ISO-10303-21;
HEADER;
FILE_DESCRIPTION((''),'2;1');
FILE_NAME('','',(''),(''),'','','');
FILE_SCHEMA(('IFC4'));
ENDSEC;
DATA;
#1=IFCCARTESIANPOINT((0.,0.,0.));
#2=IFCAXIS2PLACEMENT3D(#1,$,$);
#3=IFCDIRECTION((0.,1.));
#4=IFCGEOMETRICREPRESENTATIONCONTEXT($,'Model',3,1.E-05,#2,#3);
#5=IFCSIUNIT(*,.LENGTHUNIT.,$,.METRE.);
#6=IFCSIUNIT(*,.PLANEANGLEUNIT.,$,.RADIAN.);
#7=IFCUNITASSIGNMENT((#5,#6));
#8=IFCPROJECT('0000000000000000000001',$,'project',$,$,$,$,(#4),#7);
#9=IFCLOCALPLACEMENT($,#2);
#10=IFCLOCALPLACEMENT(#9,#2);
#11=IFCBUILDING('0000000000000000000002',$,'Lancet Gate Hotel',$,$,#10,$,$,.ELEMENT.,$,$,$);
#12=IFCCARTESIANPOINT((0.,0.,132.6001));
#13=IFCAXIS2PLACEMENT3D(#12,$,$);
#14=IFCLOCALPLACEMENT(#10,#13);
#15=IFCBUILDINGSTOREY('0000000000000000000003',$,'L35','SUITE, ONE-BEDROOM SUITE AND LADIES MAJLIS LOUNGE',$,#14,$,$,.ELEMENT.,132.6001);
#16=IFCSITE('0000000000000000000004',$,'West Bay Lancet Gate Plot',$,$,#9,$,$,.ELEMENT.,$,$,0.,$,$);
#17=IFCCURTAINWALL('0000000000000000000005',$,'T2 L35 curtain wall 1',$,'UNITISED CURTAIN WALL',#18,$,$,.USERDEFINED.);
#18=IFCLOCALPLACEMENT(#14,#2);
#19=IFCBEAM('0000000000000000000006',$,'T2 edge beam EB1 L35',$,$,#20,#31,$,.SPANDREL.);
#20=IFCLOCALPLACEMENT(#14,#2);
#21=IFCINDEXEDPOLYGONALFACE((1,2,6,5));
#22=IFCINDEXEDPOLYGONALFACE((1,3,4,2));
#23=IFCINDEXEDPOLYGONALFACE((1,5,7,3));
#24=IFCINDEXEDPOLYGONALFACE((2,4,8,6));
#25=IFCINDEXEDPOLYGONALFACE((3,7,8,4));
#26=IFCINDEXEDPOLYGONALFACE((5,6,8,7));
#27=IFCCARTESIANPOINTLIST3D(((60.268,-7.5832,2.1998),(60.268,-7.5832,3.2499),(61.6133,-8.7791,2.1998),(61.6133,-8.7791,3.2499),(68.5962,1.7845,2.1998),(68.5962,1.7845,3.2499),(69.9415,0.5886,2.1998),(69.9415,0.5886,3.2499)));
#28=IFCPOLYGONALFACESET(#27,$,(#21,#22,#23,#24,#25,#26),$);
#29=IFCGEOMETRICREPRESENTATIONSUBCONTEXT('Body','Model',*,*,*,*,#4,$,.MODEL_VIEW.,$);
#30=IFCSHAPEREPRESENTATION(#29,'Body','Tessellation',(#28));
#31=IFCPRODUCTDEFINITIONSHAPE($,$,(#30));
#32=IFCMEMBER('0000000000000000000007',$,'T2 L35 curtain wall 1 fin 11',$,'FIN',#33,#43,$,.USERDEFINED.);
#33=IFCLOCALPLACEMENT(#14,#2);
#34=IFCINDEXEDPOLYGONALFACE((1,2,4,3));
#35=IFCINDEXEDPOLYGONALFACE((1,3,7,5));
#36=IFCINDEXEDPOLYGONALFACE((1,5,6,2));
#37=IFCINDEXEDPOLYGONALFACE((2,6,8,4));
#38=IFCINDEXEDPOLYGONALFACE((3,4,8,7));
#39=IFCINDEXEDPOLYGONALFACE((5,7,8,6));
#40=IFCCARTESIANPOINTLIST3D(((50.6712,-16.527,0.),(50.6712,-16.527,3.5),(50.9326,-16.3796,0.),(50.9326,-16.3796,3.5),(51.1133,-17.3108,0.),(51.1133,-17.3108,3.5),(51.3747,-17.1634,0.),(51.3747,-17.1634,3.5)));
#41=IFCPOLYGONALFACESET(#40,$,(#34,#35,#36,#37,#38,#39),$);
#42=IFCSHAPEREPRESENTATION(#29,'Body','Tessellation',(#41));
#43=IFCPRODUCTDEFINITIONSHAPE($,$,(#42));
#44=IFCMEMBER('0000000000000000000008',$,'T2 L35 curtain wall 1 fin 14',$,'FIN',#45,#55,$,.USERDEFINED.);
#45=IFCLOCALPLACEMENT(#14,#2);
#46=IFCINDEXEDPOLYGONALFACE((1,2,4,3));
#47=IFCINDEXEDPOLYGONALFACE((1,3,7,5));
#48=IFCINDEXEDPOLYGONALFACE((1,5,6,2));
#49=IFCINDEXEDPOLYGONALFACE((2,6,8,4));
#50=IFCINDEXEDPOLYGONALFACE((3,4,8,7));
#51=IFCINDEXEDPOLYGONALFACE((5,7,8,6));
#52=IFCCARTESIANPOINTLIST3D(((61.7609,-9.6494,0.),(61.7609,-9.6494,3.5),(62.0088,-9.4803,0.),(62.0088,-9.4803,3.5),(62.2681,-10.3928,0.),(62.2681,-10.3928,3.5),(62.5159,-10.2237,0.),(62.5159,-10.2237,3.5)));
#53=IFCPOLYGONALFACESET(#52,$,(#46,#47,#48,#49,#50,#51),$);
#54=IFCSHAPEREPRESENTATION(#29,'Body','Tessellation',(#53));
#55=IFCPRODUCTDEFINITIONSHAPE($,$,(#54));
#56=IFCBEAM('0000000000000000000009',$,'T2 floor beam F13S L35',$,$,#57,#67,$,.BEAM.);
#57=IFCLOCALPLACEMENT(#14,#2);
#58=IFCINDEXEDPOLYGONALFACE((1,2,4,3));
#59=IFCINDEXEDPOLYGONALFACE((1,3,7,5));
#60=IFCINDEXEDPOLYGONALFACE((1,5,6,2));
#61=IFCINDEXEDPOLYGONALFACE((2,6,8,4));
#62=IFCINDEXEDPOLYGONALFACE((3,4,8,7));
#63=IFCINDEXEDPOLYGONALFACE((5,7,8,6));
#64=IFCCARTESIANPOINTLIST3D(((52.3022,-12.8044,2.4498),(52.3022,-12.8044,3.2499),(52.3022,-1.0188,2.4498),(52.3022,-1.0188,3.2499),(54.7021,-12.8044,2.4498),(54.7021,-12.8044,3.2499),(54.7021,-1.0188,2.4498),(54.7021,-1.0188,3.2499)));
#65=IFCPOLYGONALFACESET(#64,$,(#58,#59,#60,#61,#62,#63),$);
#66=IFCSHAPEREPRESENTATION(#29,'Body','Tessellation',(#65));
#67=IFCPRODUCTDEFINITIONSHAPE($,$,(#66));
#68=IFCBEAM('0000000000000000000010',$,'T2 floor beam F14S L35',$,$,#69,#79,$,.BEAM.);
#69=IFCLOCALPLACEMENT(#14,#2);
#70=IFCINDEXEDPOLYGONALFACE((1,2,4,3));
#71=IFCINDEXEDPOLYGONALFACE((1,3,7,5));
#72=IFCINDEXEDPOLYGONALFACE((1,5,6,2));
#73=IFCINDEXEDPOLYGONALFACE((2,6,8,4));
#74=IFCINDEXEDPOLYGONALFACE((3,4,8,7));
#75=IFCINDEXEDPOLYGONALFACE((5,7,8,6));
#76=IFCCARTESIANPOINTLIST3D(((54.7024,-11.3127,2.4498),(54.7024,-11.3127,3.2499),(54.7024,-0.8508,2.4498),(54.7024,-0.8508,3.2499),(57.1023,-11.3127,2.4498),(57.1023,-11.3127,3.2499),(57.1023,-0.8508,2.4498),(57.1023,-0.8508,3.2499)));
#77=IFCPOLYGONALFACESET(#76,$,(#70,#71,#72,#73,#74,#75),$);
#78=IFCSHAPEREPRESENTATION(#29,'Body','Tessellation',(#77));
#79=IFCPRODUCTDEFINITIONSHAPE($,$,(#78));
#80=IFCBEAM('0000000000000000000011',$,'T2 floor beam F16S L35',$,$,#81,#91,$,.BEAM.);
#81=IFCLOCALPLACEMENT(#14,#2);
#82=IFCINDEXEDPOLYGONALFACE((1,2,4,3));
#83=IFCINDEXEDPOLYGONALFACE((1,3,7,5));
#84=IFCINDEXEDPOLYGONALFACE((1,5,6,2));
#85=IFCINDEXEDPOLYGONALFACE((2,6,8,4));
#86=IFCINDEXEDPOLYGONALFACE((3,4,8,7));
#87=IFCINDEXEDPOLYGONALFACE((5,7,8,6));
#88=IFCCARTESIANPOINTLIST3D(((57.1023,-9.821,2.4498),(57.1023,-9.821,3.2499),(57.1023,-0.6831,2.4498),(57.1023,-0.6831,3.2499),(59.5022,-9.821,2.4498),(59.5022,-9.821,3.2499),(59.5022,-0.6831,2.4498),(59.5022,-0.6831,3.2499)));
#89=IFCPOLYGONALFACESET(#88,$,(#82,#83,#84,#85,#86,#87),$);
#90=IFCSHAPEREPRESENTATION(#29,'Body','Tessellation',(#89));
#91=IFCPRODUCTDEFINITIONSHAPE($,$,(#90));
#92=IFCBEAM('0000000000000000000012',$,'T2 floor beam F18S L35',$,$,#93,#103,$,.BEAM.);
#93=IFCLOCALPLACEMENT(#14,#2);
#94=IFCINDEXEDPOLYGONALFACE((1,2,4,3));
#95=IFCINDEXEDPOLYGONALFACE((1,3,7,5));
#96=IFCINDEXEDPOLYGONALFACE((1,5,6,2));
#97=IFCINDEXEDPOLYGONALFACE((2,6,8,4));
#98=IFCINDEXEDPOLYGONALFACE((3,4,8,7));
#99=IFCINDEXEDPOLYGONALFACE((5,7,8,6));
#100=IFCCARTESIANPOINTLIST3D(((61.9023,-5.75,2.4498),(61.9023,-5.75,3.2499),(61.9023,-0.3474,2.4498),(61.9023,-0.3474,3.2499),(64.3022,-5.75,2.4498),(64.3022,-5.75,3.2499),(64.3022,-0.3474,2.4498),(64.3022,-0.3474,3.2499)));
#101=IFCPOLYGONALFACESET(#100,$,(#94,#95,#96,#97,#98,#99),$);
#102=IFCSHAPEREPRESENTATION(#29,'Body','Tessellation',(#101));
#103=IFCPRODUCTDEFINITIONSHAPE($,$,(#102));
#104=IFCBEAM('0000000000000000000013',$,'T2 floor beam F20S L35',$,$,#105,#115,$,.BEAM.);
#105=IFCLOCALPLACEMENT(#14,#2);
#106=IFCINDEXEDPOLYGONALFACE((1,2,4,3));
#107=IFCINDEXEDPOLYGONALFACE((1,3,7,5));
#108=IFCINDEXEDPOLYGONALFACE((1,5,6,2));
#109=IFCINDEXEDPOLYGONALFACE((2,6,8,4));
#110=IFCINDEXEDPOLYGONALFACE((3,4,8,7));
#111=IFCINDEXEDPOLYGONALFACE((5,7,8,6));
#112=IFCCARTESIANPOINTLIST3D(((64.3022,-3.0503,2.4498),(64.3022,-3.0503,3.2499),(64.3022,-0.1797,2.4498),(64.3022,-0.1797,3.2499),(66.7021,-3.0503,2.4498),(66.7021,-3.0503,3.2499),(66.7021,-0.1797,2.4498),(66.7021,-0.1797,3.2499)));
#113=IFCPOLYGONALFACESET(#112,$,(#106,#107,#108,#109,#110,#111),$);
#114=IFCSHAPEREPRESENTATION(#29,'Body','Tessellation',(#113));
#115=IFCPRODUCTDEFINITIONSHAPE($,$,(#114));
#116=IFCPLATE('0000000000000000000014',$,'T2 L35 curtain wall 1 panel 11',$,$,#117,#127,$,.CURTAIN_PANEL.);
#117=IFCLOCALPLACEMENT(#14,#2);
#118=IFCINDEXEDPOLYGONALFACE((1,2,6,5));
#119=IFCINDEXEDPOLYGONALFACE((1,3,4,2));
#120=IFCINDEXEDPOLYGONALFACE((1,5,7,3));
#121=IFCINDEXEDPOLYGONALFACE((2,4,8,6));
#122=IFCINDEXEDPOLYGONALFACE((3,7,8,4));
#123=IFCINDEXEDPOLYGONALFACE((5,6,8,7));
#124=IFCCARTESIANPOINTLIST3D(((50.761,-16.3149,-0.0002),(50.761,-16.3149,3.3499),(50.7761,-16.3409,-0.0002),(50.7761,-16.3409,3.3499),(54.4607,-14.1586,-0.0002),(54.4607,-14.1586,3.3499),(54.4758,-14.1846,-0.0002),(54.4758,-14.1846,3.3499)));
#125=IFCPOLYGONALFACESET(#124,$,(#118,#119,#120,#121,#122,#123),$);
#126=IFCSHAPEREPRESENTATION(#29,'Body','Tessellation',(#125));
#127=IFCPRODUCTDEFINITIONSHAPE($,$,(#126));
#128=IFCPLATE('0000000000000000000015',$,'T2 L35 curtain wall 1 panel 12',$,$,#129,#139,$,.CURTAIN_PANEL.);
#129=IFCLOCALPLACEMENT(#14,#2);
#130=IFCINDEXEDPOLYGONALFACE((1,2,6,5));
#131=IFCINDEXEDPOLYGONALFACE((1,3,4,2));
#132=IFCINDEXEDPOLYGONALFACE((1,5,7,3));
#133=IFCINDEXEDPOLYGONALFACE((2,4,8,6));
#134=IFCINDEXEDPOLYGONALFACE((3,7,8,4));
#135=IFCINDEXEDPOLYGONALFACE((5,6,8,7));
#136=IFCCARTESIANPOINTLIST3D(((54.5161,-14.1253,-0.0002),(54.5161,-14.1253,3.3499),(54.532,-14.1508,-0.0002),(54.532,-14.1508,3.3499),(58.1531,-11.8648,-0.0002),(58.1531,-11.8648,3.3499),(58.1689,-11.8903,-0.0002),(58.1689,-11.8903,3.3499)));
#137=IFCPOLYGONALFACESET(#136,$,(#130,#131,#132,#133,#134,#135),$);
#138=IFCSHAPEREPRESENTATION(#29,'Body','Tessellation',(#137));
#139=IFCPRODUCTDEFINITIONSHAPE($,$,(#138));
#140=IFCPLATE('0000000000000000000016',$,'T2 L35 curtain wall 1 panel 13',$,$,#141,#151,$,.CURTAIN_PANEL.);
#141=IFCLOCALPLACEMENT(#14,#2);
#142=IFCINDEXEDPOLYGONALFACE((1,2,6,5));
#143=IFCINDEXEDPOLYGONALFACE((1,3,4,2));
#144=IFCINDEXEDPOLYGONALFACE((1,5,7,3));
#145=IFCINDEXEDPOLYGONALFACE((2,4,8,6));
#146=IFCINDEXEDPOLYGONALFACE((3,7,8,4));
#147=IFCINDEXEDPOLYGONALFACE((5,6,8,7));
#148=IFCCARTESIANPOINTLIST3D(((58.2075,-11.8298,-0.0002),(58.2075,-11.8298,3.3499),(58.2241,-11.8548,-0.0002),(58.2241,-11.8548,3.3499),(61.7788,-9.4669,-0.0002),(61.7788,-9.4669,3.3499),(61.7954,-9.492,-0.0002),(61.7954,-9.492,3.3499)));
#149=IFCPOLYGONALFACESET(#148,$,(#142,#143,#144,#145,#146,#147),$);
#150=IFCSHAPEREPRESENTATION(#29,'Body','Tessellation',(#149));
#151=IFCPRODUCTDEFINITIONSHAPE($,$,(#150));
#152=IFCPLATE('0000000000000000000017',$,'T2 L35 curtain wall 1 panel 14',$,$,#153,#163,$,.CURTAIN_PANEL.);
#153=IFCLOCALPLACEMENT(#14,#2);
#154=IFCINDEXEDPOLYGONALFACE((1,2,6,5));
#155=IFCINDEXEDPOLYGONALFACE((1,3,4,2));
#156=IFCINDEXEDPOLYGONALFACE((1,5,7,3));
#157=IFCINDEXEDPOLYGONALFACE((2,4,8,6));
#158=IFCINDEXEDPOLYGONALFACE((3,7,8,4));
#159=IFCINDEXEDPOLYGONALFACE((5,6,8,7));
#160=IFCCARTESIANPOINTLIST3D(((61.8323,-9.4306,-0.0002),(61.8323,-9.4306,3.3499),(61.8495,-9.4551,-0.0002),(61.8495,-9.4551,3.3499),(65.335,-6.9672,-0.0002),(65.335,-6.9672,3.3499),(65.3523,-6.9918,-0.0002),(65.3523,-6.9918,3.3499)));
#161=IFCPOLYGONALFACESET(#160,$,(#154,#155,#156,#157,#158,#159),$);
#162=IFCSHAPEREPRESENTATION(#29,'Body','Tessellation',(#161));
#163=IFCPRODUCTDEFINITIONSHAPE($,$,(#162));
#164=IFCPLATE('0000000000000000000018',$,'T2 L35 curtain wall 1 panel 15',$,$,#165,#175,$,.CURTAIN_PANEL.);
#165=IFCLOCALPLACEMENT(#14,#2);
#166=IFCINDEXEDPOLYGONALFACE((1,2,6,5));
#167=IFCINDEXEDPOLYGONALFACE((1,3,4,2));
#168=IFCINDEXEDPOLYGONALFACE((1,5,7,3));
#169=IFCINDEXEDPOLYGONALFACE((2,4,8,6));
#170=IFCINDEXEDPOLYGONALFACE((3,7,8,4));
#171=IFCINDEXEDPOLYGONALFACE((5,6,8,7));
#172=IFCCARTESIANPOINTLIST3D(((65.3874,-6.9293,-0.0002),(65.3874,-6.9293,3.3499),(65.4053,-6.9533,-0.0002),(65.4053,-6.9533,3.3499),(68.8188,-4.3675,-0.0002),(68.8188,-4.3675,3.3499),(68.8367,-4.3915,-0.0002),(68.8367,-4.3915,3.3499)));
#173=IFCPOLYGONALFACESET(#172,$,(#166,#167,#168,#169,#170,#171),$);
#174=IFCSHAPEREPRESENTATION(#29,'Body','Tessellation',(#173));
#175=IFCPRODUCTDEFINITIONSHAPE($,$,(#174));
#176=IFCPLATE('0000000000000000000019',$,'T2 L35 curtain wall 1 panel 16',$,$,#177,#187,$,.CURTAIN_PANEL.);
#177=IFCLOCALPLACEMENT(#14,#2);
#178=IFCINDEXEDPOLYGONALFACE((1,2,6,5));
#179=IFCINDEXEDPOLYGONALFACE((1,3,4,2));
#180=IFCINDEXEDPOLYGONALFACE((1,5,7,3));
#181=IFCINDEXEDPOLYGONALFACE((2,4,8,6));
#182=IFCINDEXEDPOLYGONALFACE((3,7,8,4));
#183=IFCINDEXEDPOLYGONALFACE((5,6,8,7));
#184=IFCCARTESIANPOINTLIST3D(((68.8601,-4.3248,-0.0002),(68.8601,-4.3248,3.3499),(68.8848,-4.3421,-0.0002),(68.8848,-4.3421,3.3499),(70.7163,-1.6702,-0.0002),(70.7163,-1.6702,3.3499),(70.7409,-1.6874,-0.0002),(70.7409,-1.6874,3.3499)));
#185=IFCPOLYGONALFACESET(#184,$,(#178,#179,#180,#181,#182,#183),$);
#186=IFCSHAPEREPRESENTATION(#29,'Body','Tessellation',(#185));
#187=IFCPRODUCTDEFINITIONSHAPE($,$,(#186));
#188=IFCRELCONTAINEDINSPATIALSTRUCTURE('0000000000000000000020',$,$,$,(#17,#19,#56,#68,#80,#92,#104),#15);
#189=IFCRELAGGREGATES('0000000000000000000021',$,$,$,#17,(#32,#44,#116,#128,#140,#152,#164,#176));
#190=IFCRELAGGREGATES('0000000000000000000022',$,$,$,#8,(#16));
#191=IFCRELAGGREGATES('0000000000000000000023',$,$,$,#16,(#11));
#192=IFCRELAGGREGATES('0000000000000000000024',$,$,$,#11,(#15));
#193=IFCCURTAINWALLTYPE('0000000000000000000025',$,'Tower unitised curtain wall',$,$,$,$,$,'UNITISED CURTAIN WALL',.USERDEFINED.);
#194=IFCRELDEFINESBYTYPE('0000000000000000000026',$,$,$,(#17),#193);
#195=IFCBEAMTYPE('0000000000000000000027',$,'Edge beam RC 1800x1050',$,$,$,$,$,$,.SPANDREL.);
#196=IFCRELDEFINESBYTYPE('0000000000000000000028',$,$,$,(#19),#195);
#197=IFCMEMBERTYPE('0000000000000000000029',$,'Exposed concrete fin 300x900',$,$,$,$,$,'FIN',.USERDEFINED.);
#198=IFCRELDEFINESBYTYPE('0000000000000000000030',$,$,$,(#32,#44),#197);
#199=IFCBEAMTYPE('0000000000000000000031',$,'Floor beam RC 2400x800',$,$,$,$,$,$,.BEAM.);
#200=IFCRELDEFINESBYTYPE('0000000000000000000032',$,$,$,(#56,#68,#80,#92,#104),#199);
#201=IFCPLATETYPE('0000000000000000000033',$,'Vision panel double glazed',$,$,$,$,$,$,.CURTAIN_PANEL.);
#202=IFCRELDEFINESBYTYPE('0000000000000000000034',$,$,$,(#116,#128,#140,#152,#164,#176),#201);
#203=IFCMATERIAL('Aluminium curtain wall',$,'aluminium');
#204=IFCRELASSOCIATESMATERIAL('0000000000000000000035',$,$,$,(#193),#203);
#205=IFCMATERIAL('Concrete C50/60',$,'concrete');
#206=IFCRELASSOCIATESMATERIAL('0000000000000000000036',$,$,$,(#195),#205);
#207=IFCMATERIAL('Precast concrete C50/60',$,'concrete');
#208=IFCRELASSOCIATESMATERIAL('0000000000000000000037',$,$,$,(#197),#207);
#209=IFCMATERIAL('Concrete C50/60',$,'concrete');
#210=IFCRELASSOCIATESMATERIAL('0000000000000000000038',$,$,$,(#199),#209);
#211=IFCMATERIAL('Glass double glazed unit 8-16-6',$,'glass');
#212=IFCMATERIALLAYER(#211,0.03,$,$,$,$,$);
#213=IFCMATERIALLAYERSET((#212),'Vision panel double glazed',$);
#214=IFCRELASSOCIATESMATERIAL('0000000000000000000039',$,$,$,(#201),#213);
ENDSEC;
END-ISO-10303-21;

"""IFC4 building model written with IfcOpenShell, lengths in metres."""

from ifc_helpers import new_model, si_unit, direction, frame, origin, origin_2d, place, context, subcontext, project, spatial, rectangle, extrude, material, layer, layer_set, material_profile, profile_set, type_object, element, aggregate, save


model = new_model("IFC4")

# Units and contexts
model_context = context("Model", 3, precision=1e-05, world=origin(), true_north=direction((0.0, 1.0)))
body_context = subcontext(model_context, "Body", "Model", "MODEL_VIEW")
ifc_project = project(units=[si_unit("LENGTHUNIT", "METRE"), si_unit("PLANEANGLEUNIT", "RADIAN")], contexts=[model_context])

# Site, building, storey
site_placement = place(None, origin())
site = spatial("IfcSite", under=ifc_project, at=site_placement, Name="West Bay Lancet Gate Plot", CompositionType="ELEMENT", RefElevation=0.0)
building_placement = place(site_placement, origin())
building = spatial("IfcBuilding", under=site, at=building_placement, Name="Lancet Gate Hotel", CompositionType="ELEMENT")
storey_placement = place(building_placement, frame((0.0, 0.0, 132.6001)))
storey = spatial("IfcBuildingStorey", under=building, at=storey_placement, Name="L35", Description="SUITE, ONE-BEDROOM SUITE AND LADIES MAJLIS LOUNGE", CompositionType="ELEMENT", Elevation=132.6001)

# Curtain wall
ifc_material_1 = material(Name="Aluminium curtain wall", Category="aluminium")
curtain_wall_type = type_object("IfcCurtainWallType", Name="Tower unitised curtain wall", ElementType="UNITISED CURTAIN WALL", PredefinedType="USERDEFINED", material=ifc_material_1)
curtain_wall_placement = place(storey_placement, origin())
curtain_wall = element("IfcCurtainWall", 1, at=curtain_wall_placement, inside=storey, type_object=curtain_wall_type, Name="T2 L35 curtain wall 1", ObjectType="UNITISED CURTAIN WALL", PredefinedType="USERDEFINED")

# Beam
ifc_material_2 = material(Name="Concrete C50/60", Category="concrete")
ifc_material_profile_1 = material_profile(ifc_material_2, rectangle(XDim=1.8, YDim=1.05, at=origin_2d()), Name="RC 1800x1050")
ifc_profile_set_1 = profile_set([ifc_material_profile_1], Name="Concrete C50/60")
beam_type_1 = type_object("IfcBeamType", Name="Edge beam RC 1800x1050", PredefinedType="SPANDREL", material=ifc_profile_set_1)
beam_1_placement = place(storey_placement, frame((60.9407, -8.1812, 2.7249), z_axis=(0.664422, 0.747358, 0.0), x_axis=(-0.747358, 0.664422, 0.0)))
element("IfcBeam", 2, at=beam_1_placement, inside=storey, type_object=beam_type_1, Name="T2 edge beam EB1 L35", PredefinedType="SPANDREL", context=body_context, shape_type="SweptSolid", body=[
    extrude(rectangle(XDim=1.8, YDim=1.05, at=origin_2d()), origin(), (0.0, 0.0, 1.0), 12.5344),
])

# Members
ifc_material_3 = material(Name="Precast concrete C50/60", Category="concrete")
ifc_material_profile_2 = material_profile(ifc_material_3, rectangle(XDim=0.3, YDim=0.8999, at=origin_2d()), Name="FIN 300x900")
ifc_profile_set_2 = profile_set([ifc_material_profile_2], Name="Precast concrete C50/60")
member_type_1 = type_object("IfcMemberType", Name="Exposed concrete fin 300x900", ElementType="FIN", PredefinedType="USERDEFINED", material=ifc_profile_set_2)
member_1_placement = place(storey_placement, frame((51.0229, -16.8452, 0.0), z_axis=(0.0, 0.0, 1.0), x_axis=(0.871029, 0.491232, 0.0)))
member_1 = element("IfcMember", 3, at=member_1_placement, type_object=member_type_1, Name="T2 L35 curtain wall 1 fin 11", ObjectType="FIN", PredefinedType="USERDEFINED", context=body_context, shape_type="SweptSolid", body=[
    extrude(rectangle(XDim=0.3, YDim=0.8999, at=origin_2d()), origin(), (0.0, 0.0, 1.0), 3.5),
])
member_2_placement = place(storey_placement, frame((62.1384, -9.9365, 0.0), z_axis=(0.0, 0.0, 1.0), x_axis=(0.826066, 0.563574, 0.0)))
member_2 = element("IfcMember", 4, at=member_2_placement, type_object=member_type_1, Name="T2 L35 curtain wall 1 fin 14", ObjectType="FIN", PredefinedType="USERDEFINED", context=body_context, shape_type="SweptSolid", body=[
    extrude(rectangle(XDim=0.3, YDim=0.8999, at=origin_2d()), origin(), (0.0, 0.0, 1.0), 3.5),
])

# Beams
ifc_material_4 = material(Name="Concrete C50/60", Category="concrete")
ifc_material_profile_3 = material_profile(ifc_material_4, rectangle(XDim=2.3999, YDim=0.8, at=origin_2d()), Name="RC 2400x800")
ifc_profile_set_3 = profile_set([ifc_material_profile_3], Name="Concrete C50/60")
beam_type_2 = type_object("IfcBeamType", Name="Floor beam RC 2400x800", PredefinedType="BEAM", material=ifc_profile_set_3)
beam_2_placement = place(storey_placement, frame((53.5022, -12.8044, 2.8499), z_axis=(0.0, 1.0, 0.0), x_axis=(-1.0, 0.0, 0.0)))
element("IfcBeam", 5, at=beam_2_placement, inside=storey, type_object=beam_type_2, Name="T2 floor beam F13S L35", PredefinedType="BEAM", context=body_context, shape_type="SweptSolid", body=[
    extrude(rectangle(XDim=2.3999, YDim=0.8, at=origin_2d()), origin(), (0.0, 0.0, 1.0), 11.7856),
])
beam_3_placement = place(storey_placement, frame((55.9023, -11.3127, 2.8499), z_axis=(0.0, 1.0, 0.0), x_axis=(-1.0, 0.0, 0.0)))
element("IfcBeam", 6, at=beam_3_placement, inside=storey, type_object=beam_type_2, Name="T2 floor beam F14S L35", PredefinedType="BEAM", context=body_context, shape_type="SweptSolid", body=[
    extrude(rectangle(XDim=2.3999, YDim=0.8, at=origin_2d()), origin(), (0.0, 0.0, 1.0), 10.4619),
])
beam_4_placement = place(storey_placement, frame((58.3022, -9.821, 2.8499), z_axis=(0.0, 1.0, 0.0), x_axis=(-1.0, 0.0, 0.0)))
element("IfcBeam", 7, at=beam_4_placement, inside=storey, type_object=beam_type_2, Name="T2 floor beam F16S L35", PredefinedType="BEAM", context=body_context, shape_type="SweptSolid", body=[
    extrude(rectangle(XDim=2.3999, YDim=0.8, at=origin_2d()), origin(), (0.0, 0.0, 1.0), 9.1379),
])
beam_5_placement = place(storey_placement, frame((63.1023, -5.75, 2.8499), z_axis=(0.0, 1.0, 0.0), x_axis=(-1.0, 0.0, 0.0)))
element("IfcBeam", 8, at=beam_5_placement, inside=storey, type_object=beam_type_2, Name="T2 floor beam F18S L35", PredefinedType="BEAM", context=body_context, shape_type="SweptSolid", body=[
    extrude(rectangle(XDim=2.3999, YDim=0.8, at=origin_2d()), origin(), (0.0, 0.0, 1.0), 5.4026),
])
beam_6_placement = place(storey_placement, frame((65.5022, -3.0503, 2.8499), z_axis=(0.0, 1.0, 0.0), x_axis=(-1.0, 0.0, 0.0)))
element("IfcBeam", 9, at=beam_6_placement, inside=storey, type_object=beam_type_2, Name="T2 floor beam F20S L35", PredefinedType="BEAM", context=body_context, shape_type="SweptSolid", body=[
    extrude(rectangle(XDim=2.3999, YDim=0.8, at=origin_2d()), origin(), (0.0, 0.0, 1.0), 2.8706),
])

# Plates
ifc_material_5 = material(Name="Glass double glazed unit 8-16-6", Category="glass")
ifc_layer_1 = layer(ifc_material_5, 0.03)
ifc_layer_set_1 = layer_set([ifc_layer_1], Name="Vision panel double glazed")
plate_type = type_object("IfcPlateType", Name="Vision panel double glazed", PredefinedType="CURTAIN_PANEL", material=ifc_layer_set_1)
plate_1_placement = place(storey_placement, frame((52.6184, -15.2498, -0.0002), z_axis=(0.0, 0.0, 1.0), x_axis=(0.863966, 0.503551, 0.0)))
plate_1 = element("IfcPlate", 10, at=plate_1_placement, type_object=plate_type, Name="T2 L35 curtain wall 1 panel 11", PredefinedType="CURTAIN_PANEL", context=body_context, shape_type="SweptSolid", body=[
    extrude(rectangle(XDim=4.2822, YDim=0.03, at=origin_2d()), origin(), (0.0, 0.0, 1.0), 3.3501),
])
plate_2_placement = place(storey_placement, frame((56.3425, -13.0078, -0.0002), z_axis=(0.0, 0.0, 1.0), x_axis=(0.849318, 0.527882, 0.0)))
plate_2 = element("IfcPlate", 11, at=plate_2_placement, type_object=plate_type, Name="T2 L35 curtain wall 1 panel 12", PredefinedType="CURTAIN_PANEL", context=body_context, shape_type="SweptSolid", body=[
    extrude(rectangle(XDim=4.2822, YDim=0.03, at=origin_2d()), origin(), (0.0, 0.0, 1.0), 3.3501),
])
plate_3_placement = place(storey_placement, frame((60.0015, -10.6609, -0.0002), z_axis=(0.0, 0.0, 1.0), x_axis=(0.833985, 0.551787, 0.0)))
plate_3 = element("IfcPlate", 12, at=plate_3_placement, type_object=plate_type, Name="T2 L35 curtain wall 1 panel 13", PredefinedType="CURTAIN_PANEL", context=body_context, shape_type="SweptSolid", body=[
    extrude(rectangle(XDim=4.2822, YDim=0.03, at=origin_2d()), origin(), (0.0, 0.0, 1.0), 3.3501),
])
plate_4_placement = place(storey_placement, frame((63.5923, -8.2112, -0.0002), z_axis=(0.0, 0.0, 1.0), x_axis=(0.817979, 0.575247, 0.0)))
plate_4 = element("IfcPlate", 13, at=plate_4_placement, type_object=plate_type, Name="T2 L35 curtain wall 1 panel 14", PredefinedType="CURTAIN_PANEL", context=body_context, shape_type="SweptSolid", body=[
    extrude(rectangle(XDim=4.2822, YDim=0.03, at=origin_2d()), origin(), (0.0, 0.0, 1.0), 3.3501),
])
plate_5_placement = place(storey_placement, frame((67.1121, -5.6604, -0.0002), z_axis=(0.0, 0.0, 1.0), x_axis=(0.801314, 0.598244, 0.0)))
plate_5 = element("IfcPlate", 14, at=plate_5_placement, type_object=plate_type, Name="T2 L35 curtain wall 1 panel 15", PredefinedType="CURTAIN_PANEL", context=body_context, shape_type="SweptSolid", body=[
    extrude(rectangle(XDim=4.2822, YDim=0.03, at=origin_2d()), origin(), (0.0, 0.0, 1.0), 3.3501),
])
plate_6_placement = place(storey_placement, frame((69.8005, -3.0061, -0.0002), z_axis=(0.0, 0.0, 1.0), x_axis=(0.573025, 0.819538, 0.0)))
plate_6 = element("IfcPlate", 15, at=plate_6_placement, type_object=plate_type, Name="T2 L35 curtain wall 1 panel 16", PredefinedType="CURTAIN_PANEL", context=body_context, shape_type="SweptSolid", body=[
    extrude(rectangle(XDim=3.2393, YDim=0.03, at=origin_2d()), origin(), (0.0, 0.0, 1.0), 3.3501),
])
aggregate(curtain_wall, [member_1, member_2, plate_1, plate_2, plate_3, plate_4, plate_5, plate_6])

save(model, "model.ifc")
